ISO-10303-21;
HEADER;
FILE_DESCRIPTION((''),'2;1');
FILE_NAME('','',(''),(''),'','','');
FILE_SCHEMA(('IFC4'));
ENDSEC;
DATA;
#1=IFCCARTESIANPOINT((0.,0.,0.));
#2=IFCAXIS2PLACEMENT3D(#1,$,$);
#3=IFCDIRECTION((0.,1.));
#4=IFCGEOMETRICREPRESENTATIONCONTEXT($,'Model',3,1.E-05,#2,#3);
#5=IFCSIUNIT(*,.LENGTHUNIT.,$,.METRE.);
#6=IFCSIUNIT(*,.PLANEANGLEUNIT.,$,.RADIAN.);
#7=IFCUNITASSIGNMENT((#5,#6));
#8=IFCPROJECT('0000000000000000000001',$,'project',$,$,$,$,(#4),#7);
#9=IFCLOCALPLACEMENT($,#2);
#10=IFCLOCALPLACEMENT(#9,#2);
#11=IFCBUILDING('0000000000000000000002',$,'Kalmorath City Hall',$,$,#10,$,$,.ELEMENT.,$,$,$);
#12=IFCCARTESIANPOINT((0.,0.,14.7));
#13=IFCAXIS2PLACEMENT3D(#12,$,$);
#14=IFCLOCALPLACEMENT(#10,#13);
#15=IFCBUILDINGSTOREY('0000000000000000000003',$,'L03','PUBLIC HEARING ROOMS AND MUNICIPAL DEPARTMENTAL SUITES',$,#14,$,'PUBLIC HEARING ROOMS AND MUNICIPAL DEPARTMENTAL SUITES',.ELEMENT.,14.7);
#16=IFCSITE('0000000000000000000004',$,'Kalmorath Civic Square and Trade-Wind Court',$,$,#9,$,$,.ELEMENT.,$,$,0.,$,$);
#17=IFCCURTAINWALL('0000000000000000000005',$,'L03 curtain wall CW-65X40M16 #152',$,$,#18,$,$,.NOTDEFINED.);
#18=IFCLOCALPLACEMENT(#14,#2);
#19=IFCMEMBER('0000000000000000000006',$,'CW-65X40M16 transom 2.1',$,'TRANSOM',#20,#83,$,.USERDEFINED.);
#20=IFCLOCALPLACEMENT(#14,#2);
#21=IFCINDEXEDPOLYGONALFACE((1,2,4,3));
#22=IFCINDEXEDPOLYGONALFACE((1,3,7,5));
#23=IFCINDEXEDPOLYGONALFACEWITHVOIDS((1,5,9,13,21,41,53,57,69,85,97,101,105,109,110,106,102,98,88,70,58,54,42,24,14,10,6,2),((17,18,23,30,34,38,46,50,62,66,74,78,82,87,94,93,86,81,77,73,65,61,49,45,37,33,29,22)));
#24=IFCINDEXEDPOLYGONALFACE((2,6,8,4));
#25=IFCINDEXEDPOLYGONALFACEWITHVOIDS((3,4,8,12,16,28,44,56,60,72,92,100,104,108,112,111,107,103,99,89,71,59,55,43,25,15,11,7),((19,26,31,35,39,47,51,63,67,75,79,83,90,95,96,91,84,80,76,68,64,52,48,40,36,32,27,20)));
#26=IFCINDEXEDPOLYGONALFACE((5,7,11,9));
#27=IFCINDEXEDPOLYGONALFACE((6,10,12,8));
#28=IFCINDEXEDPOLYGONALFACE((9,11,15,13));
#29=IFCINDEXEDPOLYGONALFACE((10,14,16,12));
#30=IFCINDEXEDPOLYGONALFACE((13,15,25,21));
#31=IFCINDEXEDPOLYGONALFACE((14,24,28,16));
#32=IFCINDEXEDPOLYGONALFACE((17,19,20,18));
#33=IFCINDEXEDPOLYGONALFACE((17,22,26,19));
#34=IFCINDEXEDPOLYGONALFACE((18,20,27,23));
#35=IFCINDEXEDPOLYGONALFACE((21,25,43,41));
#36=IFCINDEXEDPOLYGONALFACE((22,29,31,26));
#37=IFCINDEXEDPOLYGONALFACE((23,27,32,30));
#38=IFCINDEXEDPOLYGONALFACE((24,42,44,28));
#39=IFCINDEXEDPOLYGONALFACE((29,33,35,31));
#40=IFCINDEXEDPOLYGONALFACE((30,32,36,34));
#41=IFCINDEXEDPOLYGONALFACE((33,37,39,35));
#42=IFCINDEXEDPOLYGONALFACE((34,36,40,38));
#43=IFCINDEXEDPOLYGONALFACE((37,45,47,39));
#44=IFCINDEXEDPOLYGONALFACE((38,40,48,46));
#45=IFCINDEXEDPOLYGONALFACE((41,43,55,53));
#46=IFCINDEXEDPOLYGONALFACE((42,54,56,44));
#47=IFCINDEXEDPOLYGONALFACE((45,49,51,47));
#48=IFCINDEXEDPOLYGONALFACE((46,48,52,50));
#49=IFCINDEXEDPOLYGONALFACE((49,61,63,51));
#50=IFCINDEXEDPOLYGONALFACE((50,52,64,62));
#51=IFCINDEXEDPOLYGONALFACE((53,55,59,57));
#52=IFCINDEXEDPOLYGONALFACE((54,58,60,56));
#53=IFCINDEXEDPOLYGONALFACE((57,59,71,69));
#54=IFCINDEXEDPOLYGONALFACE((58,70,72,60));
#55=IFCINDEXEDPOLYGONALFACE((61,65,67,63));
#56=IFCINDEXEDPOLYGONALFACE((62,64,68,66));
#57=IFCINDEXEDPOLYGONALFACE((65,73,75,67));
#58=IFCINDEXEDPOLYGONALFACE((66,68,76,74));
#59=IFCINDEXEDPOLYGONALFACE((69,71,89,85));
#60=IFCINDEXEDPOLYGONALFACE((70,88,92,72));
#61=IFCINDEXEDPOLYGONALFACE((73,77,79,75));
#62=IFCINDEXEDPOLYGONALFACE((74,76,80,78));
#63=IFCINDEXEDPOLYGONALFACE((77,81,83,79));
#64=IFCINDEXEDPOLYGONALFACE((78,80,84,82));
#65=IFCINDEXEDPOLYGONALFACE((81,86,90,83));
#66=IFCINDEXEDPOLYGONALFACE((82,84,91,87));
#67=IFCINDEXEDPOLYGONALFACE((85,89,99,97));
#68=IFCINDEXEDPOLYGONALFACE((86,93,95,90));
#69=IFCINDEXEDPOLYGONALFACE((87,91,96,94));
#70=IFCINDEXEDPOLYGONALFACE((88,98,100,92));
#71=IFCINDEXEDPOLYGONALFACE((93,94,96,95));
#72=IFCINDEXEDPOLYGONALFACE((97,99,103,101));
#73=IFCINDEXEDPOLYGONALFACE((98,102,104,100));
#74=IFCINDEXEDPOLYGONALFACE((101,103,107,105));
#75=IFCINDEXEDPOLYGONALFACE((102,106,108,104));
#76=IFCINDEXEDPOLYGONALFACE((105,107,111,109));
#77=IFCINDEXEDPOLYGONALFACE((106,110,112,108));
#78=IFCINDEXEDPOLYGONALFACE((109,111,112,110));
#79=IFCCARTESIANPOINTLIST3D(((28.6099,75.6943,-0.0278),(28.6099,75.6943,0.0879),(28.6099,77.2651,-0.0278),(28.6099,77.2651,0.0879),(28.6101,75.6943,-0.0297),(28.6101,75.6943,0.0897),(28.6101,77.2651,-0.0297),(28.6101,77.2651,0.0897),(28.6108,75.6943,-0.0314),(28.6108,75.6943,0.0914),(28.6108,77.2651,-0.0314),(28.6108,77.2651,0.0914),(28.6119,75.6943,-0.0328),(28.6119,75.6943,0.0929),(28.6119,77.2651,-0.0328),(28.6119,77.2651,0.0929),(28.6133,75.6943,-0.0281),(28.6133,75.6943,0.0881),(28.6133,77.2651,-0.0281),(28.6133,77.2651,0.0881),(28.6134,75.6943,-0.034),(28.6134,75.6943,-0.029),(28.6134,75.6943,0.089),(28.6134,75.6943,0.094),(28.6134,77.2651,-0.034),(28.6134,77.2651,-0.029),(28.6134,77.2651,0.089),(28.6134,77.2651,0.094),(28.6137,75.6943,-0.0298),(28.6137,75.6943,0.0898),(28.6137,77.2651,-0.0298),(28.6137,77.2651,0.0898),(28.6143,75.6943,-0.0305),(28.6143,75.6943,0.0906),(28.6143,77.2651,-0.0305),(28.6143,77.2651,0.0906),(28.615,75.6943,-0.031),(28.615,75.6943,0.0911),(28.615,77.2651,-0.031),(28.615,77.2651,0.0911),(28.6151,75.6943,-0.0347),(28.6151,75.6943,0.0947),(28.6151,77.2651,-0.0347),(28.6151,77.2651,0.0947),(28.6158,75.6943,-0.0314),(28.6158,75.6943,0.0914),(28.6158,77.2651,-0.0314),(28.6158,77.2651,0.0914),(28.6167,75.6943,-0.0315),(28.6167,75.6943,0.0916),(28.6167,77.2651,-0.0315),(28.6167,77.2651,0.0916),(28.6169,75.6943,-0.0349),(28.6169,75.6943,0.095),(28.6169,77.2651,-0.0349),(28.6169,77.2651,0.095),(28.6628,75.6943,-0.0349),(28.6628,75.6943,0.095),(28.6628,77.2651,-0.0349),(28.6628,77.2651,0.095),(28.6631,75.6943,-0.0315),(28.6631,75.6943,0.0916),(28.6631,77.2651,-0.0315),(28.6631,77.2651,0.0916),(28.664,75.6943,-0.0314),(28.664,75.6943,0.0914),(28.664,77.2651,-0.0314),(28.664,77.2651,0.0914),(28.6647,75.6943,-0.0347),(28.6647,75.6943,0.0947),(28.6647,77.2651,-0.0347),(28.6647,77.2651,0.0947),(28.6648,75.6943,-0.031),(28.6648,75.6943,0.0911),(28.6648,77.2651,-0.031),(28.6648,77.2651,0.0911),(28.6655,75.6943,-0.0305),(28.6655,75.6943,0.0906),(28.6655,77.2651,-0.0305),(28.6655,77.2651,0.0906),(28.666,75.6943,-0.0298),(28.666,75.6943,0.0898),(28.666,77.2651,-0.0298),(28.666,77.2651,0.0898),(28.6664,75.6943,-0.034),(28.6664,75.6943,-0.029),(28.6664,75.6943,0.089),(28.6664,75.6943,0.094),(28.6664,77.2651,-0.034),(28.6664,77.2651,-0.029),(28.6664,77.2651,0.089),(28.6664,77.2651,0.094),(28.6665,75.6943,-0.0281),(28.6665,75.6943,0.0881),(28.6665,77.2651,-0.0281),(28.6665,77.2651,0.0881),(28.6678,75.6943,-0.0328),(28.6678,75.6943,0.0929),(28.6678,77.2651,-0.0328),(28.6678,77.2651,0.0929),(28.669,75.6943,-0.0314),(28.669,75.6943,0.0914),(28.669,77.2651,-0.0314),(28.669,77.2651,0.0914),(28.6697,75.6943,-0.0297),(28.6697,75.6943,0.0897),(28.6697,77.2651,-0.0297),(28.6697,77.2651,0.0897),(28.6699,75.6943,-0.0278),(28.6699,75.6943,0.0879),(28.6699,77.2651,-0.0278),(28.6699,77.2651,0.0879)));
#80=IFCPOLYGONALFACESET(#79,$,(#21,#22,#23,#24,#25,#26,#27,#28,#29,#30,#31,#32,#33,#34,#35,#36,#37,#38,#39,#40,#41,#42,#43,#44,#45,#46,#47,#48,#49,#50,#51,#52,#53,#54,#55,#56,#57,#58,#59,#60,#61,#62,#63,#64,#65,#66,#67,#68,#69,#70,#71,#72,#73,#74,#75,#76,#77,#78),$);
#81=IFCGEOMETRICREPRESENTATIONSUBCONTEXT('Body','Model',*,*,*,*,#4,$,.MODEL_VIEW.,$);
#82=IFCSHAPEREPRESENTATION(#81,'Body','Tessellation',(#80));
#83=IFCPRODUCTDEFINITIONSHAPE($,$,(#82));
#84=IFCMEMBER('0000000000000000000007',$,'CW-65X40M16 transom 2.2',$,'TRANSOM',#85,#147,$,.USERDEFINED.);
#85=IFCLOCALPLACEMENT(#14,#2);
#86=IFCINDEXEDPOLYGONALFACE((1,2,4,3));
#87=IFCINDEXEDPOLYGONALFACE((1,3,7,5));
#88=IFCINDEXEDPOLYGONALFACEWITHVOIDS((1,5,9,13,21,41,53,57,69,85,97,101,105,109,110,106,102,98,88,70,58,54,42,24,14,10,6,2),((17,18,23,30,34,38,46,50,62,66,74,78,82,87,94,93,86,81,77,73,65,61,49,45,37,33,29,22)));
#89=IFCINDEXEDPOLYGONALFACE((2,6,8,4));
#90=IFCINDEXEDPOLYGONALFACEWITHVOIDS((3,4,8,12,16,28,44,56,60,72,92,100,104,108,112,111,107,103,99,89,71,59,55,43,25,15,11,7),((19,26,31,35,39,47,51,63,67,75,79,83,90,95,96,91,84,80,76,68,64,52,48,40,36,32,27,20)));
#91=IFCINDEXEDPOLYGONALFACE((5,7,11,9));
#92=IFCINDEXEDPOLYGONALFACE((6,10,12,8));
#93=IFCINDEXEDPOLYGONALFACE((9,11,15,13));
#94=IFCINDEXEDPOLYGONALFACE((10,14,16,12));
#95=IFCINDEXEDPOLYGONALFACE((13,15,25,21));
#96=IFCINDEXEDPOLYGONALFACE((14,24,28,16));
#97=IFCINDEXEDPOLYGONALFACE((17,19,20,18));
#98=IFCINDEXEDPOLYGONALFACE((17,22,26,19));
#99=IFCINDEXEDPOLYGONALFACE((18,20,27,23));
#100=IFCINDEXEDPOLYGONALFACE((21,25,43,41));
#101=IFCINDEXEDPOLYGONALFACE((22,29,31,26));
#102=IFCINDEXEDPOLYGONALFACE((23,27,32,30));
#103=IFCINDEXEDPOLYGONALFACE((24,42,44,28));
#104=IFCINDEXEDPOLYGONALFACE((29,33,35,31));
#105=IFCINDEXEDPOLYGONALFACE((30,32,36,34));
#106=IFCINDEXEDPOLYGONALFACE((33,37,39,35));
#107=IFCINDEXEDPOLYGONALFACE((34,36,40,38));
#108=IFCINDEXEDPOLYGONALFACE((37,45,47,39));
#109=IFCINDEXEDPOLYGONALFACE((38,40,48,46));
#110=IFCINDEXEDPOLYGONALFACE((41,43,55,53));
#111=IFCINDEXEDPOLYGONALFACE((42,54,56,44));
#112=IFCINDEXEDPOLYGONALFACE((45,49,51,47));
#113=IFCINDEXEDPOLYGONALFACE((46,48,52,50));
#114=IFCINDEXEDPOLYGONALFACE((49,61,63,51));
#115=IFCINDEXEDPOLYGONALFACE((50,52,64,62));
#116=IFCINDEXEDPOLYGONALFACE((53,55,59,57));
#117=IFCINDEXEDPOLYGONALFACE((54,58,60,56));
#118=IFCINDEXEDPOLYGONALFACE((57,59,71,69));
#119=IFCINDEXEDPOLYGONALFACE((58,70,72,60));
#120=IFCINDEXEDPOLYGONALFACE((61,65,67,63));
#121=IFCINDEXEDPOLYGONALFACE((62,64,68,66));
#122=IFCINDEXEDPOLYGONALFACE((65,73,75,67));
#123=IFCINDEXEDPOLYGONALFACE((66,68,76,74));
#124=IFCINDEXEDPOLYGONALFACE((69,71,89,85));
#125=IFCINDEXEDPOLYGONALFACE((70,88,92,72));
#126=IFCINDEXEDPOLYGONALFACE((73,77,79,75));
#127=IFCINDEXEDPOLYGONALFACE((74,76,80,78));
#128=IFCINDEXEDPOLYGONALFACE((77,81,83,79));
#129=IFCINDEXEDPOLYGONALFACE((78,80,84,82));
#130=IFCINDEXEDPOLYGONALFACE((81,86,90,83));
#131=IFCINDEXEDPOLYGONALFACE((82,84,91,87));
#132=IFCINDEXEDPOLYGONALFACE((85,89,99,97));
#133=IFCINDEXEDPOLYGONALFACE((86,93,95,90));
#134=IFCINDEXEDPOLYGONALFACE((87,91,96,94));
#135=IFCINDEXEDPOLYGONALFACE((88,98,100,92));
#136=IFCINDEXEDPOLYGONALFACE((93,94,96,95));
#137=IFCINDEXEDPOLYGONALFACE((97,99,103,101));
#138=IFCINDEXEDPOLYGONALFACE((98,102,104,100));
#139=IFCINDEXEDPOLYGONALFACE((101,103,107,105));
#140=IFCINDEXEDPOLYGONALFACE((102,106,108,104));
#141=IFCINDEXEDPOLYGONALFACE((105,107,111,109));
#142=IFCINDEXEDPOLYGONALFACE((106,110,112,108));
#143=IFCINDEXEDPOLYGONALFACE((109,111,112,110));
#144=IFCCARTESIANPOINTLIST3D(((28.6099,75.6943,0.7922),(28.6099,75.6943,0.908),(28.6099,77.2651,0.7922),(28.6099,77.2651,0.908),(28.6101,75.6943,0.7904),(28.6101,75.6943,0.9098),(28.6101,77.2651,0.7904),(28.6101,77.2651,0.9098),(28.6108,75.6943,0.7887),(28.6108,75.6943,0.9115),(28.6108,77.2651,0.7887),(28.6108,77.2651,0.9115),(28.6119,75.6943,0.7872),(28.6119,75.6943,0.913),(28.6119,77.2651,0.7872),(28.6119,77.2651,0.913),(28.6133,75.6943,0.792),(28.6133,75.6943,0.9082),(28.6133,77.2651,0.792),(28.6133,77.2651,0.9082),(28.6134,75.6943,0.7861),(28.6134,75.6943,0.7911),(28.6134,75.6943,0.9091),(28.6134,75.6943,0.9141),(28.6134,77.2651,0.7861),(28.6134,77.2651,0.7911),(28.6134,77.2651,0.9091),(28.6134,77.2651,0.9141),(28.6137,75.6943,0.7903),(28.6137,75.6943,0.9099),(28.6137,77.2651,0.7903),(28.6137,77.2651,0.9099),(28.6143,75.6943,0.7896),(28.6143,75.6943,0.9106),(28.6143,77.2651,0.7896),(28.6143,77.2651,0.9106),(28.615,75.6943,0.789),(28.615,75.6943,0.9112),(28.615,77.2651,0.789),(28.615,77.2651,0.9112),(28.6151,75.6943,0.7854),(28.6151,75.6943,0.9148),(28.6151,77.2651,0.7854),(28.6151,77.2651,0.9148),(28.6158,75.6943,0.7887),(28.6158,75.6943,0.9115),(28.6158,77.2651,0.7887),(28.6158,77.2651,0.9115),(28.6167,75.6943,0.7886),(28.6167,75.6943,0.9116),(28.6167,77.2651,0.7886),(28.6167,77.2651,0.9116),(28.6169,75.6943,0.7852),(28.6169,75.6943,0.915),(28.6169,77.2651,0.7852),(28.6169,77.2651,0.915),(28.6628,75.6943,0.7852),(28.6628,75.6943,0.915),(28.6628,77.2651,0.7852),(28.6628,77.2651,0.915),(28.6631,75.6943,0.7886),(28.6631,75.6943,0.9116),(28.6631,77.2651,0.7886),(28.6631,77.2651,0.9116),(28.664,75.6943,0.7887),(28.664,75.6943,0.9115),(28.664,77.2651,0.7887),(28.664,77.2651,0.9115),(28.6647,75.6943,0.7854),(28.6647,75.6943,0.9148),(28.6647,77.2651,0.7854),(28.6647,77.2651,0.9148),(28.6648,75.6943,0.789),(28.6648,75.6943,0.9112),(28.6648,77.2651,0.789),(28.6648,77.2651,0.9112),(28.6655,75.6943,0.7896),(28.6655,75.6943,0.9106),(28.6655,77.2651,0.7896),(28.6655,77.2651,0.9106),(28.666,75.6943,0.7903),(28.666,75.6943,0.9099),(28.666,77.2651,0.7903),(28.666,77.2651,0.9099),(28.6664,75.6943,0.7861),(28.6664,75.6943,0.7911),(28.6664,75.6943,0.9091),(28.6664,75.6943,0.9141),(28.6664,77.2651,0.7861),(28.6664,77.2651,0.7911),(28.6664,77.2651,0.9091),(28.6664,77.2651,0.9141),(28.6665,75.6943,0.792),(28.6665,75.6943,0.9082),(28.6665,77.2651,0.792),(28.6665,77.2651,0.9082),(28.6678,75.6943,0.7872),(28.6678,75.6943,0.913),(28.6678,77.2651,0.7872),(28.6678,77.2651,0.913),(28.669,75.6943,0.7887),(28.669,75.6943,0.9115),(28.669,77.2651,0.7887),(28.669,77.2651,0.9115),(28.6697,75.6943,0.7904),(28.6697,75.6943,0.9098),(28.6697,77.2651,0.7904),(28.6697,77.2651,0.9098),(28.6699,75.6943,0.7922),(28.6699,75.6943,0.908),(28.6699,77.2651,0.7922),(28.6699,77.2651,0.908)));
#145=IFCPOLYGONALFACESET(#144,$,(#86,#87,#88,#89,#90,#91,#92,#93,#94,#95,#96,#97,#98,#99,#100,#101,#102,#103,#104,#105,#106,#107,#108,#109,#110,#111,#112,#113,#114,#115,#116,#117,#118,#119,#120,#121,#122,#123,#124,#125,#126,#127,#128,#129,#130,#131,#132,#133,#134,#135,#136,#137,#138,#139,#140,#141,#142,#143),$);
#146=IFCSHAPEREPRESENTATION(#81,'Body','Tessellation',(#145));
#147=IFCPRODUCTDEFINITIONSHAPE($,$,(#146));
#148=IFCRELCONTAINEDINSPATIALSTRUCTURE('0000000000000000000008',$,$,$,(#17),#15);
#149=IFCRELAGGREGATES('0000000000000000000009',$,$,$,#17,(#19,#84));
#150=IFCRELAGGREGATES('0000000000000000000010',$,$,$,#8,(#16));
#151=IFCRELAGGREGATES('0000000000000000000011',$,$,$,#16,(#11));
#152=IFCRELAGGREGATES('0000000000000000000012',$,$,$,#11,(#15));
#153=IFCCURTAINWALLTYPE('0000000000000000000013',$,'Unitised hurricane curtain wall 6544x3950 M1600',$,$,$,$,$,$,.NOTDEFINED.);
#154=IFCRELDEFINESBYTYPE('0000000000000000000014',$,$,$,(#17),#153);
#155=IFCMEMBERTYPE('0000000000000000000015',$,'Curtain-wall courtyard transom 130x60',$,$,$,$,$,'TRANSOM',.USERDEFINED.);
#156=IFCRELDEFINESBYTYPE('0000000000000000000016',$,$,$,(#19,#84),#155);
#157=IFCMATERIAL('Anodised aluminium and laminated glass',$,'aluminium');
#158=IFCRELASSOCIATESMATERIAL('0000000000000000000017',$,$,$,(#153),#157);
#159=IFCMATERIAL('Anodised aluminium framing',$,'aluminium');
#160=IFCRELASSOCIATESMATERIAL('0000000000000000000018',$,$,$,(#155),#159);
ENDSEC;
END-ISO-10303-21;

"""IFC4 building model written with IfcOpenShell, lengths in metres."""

from ifc_helpers import new_model, si_unit, direction, frame, origin, origin_2d, place, context, subcontext, project, spatial, hollow_rectangle, extrude, material, material_profile, profile_set, type_object, element, aggregate, save


model = new_model("IFC4")

# Units and contexts
model_context = context("Model", 3, precision=1e-05, world=origin(), true_north=direction((0.0, 1.0)))
body_context = subcontext(model_context, "Body", "Model", "MODEL_VIEW")
ifc_project = project(units=[si_unit("LENGTHUNIT", "METRE"), si_unit("PLANEANGLEUNIT", "RADIAN")], contexts=[model_context])

# Site, building, storey
site_placement = place(None, origin())
site = spatial("IfcSite", under=ifc_project, at=site_placement, Name="Kalmorath Civic Square and Trade-Wind Court", CompositionType="ELEMENT", RefElevation=0.0)
building_placement = place(site_placement, origin())
building = spatial("IfcBuilding", under=site, at=building_placement, Name="Kalmorath City Hall", CompositionType="ELEMENT")
storey_placement = place(building_placement, frame((0.0, 0.0, 14.7)))
storey = spatial("IfcBuildingStorey", under=building, at=storey_placement, Name="L03", Description="PUBLIC HEARING ROOMS AND MUNICIPAL DEPARTMENTAL SUITES", LongName="PUBLIC HEARING ROOMS AND MUNICIPAL DEPARTMENTAL SUITES", CompositionType="ELEMENT", Elevation=14.7)

# Curtain wall, members
ifc_material_1 = material(Name="Anodised aluminium and laminated glass", Category="aluminium")
curtain_wall_type = type_object("IfcCurtainWallType", Name="Unitised hurricane curtain wall 6544x3950 M1600", PredefinedType="NOTDEFINED", material=ifc_material_1)
curtain_wall_placement = place(storey_placement, origin())
curtain_wall = element("IfcCurtainWall", 1, at=curtain_wall_placement, inside=storey, type_object=curtain_wall_type, Name="L03 curtain wall CW-65X40M16 #152", PredefinedType="NOTDEFINED")
ifc_material_2 = material(Name="Anodised aluminium framing", Category="aluminium")
ifc_material_profile_1 = material_profile(ifc_material_2, hollow_rectangle(XDim=0.0601, YDim=0.1299, WallThickness=0.0034, InnerFilletRadius=0.0034, OuterFilletRadius=0.0071, at=origin_2d()), Name="ALU-TRN-130X60X3.5")
ifc_profile_set_1 = profile_set([ifc_material_profile_1], Name="Anodised aluminium framing")
member_type_1 = type_object("IfcMemberType", Name="Curtain-wall courtyard transom 130x60", ElementType="TRANSOM", PredefinedType="USERDEFINED", material=ifc_profile_set_1)
member_1_placement = place(storey_placement, frame((28.6399, 77.2651, 0.03), z_axis=(0.0, -1.0, 0.0), x_axis=(1.0, 0.0, 0.0)))
member_1 = element("IfcMember", 2, at=member_1_placement, type_object=member_type_1, Name="CW-65X40M16 transom 2.1", ObjectType="TRANSOM", PredefinedType="USERDEFINED", context=body_context, shape_type="SweptSolid", body=[
    extrude(hollow_rectangle(XDim=0.0601, YDim=0.1299, WallThickness=0.0034, InnerFilletRadius=0.0034, OuterFilletRadius=0.0071, at=origin_2d()), origin(), (0.0, 0.0, 1.0), 1.5708),
])
member_2_placement = place(storey_placement, frame((28.6399, 77.2651, 0.8501), z_axis=(0.0, -1.0, 0.0), x_axis=(1.0, 0.0, 0.0)))
member_2 = element("IfcMember", 3, at=member_2_placement, type_object=member_type_1, Name="CW-65X40M16 transom 2.2", ObjectType="TRANSOM", PredefinedType="USERDEFINED", context=body_context, shape_type="SweptSolid", body=[
    extrude(hollow_rectangle(XDim=0.0601, YDim=0.1299, WallThickness=0.0034, InnerFilletRadius=0.0034, OuterFilletRadius=0.0071, at=origin_2d()), origin(), (0.0, 0.0, 1.0), 1.5708),
])

aggregate(curtain_wall, [member_1, member_2])

save(model, "model.ifc")
